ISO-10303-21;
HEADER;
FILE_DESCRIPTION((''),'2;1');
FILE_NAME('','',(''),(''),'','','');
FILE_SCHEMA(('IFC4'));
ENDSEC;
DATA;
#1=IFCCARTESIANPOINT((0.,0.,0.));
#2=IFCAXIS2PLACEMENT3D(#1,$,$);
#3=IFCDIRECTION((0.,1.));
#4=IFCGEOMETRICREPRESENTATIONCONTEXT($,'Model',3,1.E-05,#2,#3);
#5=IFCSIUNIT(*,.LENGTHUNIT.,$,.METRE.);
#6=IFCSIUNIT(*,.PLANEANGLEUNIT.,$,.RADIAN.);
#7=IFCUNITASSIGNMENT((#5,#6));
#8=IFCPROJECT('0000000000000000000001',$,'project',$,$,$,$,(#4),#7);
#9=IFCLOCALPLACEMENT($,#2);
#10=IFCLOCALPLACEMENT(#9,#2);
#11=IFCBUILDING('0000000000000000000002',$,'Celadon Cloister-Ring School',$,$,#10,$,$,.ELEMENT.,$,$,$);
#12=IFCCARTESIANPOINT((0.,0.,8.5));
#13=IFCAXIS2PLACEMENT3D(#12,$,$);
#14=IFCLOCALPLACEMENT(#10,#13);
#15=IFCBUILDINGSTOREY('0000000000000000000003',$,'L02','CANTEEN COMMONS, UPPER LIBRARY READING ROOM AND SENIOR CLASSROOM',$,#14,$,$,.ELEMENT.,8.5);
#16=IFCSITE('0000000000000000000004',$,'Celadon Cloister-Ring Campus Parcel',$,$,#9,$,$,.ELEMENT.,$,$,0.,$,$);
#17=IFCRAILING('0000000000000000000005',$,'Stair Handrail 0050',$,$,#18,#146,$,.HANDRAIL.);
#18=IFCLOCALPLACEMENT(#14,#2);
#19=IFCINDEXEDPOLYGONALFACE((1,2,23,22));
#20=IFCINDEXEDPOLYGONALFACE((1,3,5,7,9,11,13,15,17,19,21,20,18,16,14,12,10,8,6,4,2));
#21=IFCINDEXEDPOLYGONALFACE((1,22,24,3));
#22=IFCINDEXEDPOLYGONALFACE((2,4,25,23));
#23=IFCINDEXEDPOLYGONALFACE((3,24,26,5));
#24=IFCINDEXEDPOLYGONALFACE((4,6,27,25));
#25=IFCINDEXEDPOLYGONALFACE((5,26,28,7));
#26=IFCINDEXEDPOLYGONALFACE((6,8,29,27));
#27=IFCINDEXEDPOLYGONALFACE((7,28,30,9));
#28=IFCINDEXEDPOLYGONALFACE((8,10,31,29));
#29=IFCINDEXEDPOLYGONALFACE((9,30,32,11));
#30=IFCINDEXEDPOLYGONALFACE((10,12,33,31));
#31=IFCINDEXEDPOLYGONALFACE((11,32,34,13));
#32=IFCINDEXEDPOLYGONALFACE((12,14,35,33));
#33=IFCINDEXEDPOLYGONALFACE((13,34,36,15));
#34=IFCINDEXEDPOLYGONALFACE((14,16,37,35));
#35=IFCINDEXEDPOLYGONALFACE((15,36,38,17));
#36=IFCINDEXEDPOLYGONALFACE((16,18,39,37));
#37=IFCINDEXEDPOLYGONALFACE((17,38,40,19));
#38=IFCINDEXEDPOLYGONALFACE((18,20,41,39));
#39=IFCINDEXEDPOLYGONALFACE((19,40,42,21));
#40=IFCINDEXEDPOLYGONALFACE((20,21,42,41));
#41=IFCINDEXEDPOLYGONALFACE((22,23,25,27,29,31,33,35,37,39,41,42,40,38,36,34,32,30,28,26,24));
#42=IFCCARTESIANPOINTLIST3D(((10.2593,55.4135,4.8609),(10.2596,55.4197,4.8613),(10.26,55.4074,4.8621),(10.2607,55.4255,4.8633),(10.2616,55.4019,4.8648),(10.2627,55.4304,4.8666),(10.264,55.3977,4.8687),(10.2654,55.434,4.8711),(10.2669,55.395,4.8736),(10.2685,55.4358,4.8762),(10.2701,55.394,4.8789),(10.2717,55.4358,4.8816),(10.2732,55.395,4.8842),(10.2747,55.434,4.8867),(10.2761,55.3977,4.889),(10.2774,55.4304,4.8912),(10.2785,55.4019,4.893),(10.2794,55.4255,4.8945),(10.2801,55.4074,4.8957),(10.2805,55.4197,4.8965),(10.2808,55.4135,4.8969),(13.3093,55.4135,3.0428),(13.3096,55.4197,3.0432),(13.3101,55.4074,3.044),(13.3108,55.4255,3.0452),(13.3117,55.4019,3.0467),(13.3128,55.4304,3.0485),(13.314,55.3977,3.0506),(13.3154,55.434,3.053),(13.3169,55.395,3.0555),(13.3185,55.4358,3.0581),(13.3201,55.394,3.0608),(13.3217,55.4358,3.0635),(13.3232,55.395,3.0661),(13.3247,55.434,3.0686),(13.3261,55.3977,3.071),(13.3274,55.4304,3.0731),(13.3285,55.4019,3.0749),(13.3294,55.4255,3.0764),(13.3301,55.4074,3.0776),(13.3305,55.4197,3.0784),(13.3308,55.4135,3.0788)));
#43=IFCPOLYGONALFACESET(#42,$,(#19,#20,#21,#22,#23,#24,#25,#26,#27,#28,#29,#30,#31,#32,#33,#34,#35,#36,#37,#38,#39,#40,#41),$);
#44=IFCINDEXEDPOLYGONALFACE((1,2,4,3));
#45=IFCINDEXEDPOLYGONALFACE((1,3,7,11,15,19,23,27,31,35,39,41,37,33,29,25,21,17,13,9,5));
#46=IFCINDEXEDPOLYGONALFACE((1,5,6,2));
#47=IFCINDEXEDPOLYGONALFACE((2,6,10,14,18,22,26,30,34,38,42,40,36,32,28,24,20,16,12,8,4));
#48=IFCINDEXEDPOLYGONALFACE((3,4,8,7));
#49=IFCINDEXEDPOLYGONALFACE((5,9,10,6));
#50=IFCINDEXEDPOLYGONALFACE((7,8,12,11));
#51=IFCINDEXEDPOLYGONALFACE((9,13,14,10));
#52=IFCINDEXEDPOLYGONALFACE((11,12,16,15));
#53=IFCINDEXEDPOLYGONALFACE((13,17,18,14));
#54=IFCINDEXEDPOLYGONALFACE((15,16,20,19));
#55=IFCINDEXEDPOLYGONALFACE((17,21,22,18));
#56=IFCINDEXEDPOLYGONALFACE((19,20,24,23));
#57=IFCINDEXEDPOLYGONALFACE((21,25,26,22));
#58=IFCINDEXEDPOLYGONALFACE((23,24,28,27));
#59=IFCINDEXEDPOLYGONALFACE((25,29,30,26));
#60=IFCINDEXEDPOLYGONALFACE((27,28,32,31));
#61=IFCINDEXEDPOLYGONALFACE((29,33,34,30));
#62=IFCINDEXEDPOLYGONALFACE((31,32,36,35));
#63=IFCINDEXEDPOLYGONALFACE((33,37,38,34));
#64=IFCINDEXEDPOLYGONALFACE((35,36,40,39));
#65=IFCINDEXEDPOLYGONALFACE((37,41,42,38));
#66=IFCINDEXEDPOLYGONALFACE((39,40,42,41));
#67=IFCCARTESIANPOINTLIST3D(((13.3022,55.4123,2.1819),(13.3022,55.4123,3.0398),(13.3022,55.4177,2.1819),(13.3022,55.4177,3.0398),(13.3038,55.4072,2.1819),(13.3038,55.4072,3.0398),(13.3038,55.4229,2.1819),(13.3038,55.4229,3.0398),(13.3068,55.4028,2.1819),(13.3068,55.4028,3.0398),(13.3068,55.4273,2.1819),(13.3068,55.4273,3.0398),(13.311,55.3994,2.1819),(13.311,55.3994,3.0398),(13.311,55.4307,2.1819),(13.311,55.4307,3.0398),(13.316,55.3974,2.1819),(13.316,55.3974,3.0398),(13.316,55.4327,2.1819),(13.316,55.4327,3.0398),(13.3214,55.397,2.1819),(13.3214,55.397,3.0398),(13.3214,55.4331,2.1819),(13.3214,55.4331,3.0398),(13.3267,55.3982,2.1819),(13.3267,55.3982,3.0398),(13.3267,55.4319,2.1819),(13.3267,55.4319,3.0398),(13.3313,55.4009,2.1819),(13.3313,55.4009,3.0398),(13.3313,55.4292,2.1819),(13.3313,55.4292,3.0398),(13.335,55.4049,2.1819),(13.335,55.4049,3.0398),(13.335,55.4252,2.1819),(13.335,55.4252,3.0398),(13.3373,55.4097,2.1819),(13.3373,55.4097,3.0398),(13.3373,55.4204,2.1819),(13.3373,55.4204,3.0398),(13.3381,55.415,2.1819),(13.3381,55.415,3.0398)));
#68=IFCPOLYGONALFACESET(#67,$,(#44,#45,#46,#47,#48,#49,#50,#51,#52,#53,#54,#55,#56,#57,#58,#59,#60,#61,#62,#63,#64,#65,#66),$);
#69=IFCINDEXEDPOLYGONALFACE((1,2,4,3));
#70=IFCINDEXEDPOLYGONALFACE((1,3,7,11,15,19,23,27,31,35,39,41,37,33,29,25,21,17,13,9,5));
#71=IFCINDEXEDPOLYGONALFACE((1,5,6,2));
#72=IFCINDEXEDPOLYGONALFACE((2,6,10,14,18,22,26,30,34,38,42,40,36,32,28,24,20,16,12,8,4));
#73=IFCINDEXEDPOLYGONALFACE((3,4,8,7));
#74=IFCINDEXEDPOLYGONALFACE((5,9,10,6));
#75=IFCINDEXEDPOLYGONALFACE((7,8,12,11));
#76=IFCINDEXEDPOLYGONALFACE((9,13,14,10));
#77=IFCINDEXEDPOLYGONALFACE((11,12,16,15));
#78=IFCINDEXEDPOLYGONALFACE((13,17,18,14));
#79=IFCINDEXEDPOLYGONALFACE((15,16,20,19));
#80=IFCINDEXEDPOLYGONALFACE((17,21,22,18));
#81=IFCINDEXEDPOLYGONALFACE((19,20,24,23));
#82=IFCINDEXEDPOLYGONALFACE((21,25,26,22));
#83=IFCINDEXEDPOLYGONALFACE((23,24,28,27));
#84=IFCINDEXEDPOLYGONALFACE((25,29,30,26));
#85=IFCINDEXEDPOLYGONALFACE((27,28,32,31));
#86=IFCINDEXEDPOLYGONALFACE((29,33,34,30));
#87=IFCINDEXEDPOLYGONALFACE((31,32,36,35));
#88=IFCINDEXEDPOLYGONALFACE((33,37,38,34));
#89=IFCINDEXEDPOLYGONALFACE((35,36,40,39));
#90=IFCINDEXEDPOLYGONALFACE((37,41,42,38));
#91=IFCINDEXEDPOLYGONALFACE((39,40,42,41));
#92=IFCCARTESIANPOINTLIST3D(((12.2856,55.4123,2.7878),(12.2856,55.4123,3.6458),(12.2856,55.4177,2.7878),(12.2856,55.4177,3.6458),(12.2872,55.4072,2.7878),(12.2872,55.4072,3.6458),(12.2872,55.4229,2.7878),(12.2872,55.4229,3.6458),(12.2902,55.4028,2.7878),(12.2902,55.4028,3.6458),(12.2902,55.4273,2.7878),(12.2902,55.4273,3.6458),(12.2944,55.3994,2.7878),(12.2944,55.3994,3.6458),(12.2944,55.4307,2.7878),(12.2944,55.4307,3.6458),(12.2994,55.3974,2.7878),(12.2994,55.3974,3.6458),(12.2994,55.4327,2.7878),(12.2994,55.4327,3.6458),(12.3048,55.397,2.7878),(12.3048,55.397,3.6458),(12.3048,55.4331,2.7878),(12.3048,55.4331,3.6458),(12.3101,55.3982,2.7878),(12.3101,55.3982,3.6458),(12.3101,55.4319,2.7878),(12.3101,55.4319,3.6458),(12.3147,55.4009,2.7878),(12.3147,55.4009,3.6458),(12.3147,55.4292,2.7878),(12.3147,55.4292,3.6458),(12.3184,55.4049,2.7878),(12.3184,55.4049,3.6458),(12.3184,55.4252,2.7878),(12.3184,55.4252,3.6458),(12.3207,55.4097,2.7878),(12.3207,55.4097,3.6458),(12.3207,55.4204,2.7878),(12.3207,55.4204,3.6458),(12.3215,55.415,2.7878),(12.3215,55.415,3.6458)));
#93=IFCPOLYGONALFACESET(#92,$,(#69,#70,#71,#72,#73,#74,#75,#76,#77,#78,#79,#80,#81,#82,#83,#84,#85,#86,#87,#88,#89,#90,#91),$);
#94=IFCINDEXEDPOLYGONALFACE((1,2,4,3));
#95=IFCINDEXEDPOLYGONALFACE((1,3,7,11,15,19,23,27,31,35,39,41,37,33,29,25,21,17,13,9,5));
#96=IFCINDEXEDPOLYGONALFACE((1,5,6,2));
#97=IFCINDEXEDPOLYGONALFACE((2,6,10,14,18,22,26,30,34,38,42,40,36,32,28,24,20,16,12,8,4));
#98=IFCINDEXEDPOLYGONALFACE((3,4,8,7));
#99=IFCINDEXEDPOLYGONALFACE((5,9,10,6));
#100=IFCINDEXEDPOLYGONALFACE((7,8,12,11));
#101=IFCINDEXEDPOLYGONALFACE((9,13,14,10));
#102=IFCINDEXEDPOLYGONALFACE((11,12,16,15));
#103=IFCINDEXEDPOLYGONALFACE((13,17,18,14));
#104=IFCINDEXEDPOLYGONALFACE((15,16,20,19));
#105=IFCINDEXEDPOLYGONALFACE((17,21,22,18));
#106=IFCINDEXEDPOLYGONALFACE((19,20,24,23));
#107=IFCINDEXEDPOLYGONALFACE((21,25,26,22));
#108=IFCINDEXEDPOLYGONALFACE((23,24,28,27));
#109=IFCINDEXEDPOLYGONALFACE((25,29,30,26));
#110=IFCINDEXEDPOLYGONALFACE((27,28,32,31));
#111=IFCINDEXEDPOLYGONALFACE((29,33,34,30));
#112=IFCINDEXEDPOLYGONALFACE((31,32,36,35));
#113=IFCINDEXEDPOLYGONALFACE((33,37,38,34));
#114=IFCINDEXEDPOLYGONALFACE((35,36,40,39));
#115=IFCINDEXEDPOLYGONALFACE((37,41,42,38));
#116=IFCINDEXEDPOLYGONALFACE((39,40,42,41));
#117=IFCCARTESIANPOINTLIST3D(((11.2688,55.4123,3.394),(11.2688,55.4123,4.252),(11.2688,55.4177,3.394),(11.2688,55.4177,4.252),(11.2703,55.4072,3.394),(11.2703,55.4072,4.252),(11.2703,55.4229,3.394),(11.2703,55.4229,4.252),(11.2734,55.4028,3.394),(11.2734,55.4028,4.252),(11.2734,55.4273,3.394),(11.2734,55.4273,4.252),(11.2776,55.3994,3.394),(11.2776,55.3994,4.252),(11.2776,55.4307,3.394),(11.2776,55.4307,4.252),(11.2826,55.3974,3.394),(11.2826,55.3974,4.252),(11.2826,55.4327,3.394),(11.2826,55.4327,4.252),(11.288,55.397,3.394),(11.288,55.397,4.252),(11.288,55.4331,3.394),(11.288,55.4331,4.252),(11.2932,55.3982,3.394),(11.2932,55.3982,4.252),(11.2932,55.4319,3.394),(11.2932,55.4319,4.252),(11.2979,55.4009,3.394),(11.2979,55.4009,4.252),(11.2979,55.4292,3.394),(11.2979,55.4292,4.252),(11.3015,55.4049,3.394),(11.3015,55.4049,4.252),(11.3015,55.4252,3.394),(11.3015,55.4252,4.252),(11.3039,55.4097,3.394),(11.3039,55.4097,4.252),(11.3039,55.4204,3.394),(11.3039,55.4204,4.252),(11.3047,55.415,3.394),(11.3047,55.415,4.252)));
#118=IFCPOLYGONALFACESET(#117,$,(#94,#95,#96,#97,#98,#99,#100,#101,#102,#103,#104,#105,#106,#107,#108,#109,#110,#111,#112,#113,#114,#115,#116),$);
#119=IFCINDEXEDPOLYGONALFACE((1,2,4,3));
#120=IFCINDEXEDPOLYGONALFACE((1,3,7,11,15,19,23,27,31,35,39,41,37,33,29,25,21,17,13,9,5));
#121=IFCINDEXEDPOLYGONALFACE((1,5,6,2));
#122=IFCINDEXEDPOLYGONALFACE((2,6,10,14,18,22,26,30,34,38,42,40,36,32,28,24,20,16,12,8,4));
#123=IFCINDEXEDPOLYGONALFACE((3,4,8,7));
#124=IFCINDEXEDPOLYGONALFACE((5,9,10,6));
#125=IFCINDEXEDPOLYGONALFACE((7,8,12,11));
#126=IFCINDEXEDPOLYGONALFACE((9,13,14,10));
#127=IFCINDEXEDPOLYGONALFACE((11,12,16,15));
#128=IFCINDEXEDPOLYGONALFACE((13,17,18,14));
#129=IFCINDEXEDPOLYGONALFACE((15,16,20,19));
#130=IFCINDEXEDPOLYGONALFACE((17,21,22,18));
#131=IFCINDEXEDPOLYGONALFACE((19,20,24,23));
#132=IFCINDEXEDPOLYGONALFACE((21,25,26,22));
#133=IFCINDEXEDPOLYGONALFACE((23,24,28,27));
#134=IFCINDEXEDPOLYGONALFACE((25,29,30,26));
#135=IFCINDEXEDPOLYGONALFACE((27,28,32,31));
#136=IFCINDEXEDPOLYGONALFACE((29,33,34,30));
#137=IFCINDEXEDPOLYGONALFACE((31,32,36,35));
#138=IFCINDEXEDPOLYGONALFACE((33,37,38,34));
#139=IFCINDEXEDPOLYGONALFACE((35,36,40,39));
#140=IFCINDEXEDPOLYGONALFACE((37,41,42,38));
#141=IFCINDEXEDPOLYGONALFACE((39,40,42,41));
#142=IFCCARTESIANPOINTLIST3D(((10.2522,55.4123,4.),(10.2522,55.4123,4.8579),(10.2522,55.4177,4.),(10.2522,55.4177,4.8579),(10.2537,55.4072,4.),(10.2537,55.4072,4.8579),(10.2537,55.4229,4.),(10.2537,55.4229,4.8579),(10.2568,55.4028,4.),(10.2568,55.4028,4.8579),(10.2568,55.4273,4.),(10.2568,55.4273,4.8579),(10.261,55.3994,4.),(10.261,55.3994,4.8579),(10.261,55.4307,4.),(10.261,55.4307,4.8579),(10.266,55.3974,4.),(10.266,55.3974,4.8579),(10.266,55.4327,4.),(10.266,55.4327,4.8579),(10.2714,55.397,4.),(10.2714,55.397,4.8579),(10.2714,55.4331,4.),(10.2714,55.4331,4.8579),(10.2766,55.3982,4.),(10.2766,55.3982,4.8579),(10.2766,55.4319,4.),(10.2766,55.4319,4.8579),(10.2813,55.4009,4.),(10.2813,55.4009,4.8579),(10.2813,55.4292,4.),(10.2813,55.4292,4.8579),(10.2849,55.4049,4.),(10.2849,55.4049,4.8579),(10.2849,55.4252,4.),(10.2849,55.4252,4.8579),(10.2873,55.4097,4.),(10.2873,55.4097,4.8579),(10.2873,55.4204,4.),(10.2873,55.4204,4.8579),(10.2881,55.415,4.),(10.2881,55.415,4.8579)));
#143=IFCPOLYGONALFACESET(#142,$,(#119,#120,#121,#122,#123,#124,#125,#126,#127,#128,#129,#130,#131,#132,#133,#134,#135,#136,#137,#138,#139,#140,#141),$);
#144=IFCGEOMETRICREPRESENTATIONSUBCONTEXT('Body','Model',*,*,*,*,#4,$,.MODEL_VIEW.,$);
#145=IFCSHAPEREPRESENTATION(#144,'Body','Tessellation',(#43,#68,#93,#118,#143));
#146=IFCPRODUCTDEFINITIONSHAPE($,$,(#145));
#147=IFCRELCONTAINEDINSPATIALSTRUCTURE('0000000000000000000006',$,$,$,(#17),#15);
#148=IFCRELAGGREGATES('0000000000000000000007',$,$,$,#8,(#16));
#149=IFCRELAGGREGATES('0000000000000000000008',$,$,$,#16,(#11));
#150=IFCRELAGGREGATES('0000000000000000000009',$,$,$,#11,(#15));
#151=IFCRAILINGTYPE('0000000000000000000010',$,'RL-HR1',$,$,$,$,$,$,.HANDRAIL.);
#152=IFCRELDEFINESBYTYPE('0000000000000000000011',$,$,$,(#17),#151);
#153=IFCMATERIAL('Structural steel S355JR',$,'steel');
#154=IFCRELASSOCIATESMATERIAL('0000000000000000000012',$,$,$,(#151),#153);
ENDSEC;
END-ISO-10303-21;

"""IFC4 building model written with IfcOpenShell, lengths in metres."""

from ifc_helpers import new_model, si_unit, direction, frame, origin, origin_2d, place, context, subcontext, project, spatial, circle, extrude, material, type_object, element, save


model = new_model("IFC4")

# Units and contexts
model_context = context("Model", 3, precision=1e-05, world=origin(), true_north=direction((0.0, 1.0)))
body_context = subcontext(model_context, "Body", "Model", "MODEL_VIEW")
ifc_project = project(units=[si_unit("LENGTHUNIT", "METRE"), si_unit("PLANEANGLEUNIT", "RADIAN")], contexts=[model_context])

# Site, building, storey
site_placement = place(None, origin())
site = spatial("IfcSite", under=ifc_project, at=site_placement, Name="Celadon Cloister-Ring Campus Parcel", CompositionType="ELEMENT", RefElevation=0.0)
building_placement = place(site_placement, origin())
building = spatial("IfcBuilding", under=site, at=building_placement, Name="Celadon Cloister-Ring School", CompositionType="ELEMENT")
storey_placement = place(building_placement, frame((0.0, 0.0, 8.5)))
storey = spatial("IfcBuildingStorey", under=building, at=storey_placement, Name="L02", Description="CANTEEN COMMONS, UPPER LIBRARY READING ROOM AND SENIOR CLASSROOM", CompositionType="ELEMENT", Elevation=8.5)

# Railing
ifc_material_1 = material(Name="Structural steel S355JR", Category="steel")
railing_type = type_object("IfcRailingType", Name="RL-HR1", PredefinedType="HANDRAIL", material=ifc_material_1)
railing_placement = place(storey_placement, frame((13.3201, 55.415, 2.1819)))
element("IfcRailing", 1, at=railing_placement, inside=storey, type_object=railing_type, Name="Stair Handrail 0050", PredefinedType="HANDRAIL", context=body_context, shape_type="SweptSolid", body=[
    extrude(circle(Radius=0.021, at=origin_2d()), frame((0.0, 0.0, 0.8789), z_axis=(-0.85897, 0.0, 0.512026), x_axis=(0.0, -1.0, 0.0)), (0.0, 0.0, 1.0), 3.5508),
    extrude(circle(Radius=0.0181, at=origin_2d()), origin(), (0.0, 0.0, 1.0), 0.8579),
    extrude(circle(Radius=0.0181, at=origin_2d()), frame((-1.0166, 0.0, 0.606)), (0.0, 0.0, 1.0), 0.8579),
    extrude(circle(Radius=0.0181, at=origin_2d()), frame((-2.0334, 0.0, 1.2122)), (0.0, 0.0, 1.0), 0.8579),
    extrude(circle(Radius=0.0181, at=origin_2d()), frame((-3.05, 0.0, 1.8181)), (0.0, 0.0, 1.0), 0.8579),
])

save(model, "model.ifc")
